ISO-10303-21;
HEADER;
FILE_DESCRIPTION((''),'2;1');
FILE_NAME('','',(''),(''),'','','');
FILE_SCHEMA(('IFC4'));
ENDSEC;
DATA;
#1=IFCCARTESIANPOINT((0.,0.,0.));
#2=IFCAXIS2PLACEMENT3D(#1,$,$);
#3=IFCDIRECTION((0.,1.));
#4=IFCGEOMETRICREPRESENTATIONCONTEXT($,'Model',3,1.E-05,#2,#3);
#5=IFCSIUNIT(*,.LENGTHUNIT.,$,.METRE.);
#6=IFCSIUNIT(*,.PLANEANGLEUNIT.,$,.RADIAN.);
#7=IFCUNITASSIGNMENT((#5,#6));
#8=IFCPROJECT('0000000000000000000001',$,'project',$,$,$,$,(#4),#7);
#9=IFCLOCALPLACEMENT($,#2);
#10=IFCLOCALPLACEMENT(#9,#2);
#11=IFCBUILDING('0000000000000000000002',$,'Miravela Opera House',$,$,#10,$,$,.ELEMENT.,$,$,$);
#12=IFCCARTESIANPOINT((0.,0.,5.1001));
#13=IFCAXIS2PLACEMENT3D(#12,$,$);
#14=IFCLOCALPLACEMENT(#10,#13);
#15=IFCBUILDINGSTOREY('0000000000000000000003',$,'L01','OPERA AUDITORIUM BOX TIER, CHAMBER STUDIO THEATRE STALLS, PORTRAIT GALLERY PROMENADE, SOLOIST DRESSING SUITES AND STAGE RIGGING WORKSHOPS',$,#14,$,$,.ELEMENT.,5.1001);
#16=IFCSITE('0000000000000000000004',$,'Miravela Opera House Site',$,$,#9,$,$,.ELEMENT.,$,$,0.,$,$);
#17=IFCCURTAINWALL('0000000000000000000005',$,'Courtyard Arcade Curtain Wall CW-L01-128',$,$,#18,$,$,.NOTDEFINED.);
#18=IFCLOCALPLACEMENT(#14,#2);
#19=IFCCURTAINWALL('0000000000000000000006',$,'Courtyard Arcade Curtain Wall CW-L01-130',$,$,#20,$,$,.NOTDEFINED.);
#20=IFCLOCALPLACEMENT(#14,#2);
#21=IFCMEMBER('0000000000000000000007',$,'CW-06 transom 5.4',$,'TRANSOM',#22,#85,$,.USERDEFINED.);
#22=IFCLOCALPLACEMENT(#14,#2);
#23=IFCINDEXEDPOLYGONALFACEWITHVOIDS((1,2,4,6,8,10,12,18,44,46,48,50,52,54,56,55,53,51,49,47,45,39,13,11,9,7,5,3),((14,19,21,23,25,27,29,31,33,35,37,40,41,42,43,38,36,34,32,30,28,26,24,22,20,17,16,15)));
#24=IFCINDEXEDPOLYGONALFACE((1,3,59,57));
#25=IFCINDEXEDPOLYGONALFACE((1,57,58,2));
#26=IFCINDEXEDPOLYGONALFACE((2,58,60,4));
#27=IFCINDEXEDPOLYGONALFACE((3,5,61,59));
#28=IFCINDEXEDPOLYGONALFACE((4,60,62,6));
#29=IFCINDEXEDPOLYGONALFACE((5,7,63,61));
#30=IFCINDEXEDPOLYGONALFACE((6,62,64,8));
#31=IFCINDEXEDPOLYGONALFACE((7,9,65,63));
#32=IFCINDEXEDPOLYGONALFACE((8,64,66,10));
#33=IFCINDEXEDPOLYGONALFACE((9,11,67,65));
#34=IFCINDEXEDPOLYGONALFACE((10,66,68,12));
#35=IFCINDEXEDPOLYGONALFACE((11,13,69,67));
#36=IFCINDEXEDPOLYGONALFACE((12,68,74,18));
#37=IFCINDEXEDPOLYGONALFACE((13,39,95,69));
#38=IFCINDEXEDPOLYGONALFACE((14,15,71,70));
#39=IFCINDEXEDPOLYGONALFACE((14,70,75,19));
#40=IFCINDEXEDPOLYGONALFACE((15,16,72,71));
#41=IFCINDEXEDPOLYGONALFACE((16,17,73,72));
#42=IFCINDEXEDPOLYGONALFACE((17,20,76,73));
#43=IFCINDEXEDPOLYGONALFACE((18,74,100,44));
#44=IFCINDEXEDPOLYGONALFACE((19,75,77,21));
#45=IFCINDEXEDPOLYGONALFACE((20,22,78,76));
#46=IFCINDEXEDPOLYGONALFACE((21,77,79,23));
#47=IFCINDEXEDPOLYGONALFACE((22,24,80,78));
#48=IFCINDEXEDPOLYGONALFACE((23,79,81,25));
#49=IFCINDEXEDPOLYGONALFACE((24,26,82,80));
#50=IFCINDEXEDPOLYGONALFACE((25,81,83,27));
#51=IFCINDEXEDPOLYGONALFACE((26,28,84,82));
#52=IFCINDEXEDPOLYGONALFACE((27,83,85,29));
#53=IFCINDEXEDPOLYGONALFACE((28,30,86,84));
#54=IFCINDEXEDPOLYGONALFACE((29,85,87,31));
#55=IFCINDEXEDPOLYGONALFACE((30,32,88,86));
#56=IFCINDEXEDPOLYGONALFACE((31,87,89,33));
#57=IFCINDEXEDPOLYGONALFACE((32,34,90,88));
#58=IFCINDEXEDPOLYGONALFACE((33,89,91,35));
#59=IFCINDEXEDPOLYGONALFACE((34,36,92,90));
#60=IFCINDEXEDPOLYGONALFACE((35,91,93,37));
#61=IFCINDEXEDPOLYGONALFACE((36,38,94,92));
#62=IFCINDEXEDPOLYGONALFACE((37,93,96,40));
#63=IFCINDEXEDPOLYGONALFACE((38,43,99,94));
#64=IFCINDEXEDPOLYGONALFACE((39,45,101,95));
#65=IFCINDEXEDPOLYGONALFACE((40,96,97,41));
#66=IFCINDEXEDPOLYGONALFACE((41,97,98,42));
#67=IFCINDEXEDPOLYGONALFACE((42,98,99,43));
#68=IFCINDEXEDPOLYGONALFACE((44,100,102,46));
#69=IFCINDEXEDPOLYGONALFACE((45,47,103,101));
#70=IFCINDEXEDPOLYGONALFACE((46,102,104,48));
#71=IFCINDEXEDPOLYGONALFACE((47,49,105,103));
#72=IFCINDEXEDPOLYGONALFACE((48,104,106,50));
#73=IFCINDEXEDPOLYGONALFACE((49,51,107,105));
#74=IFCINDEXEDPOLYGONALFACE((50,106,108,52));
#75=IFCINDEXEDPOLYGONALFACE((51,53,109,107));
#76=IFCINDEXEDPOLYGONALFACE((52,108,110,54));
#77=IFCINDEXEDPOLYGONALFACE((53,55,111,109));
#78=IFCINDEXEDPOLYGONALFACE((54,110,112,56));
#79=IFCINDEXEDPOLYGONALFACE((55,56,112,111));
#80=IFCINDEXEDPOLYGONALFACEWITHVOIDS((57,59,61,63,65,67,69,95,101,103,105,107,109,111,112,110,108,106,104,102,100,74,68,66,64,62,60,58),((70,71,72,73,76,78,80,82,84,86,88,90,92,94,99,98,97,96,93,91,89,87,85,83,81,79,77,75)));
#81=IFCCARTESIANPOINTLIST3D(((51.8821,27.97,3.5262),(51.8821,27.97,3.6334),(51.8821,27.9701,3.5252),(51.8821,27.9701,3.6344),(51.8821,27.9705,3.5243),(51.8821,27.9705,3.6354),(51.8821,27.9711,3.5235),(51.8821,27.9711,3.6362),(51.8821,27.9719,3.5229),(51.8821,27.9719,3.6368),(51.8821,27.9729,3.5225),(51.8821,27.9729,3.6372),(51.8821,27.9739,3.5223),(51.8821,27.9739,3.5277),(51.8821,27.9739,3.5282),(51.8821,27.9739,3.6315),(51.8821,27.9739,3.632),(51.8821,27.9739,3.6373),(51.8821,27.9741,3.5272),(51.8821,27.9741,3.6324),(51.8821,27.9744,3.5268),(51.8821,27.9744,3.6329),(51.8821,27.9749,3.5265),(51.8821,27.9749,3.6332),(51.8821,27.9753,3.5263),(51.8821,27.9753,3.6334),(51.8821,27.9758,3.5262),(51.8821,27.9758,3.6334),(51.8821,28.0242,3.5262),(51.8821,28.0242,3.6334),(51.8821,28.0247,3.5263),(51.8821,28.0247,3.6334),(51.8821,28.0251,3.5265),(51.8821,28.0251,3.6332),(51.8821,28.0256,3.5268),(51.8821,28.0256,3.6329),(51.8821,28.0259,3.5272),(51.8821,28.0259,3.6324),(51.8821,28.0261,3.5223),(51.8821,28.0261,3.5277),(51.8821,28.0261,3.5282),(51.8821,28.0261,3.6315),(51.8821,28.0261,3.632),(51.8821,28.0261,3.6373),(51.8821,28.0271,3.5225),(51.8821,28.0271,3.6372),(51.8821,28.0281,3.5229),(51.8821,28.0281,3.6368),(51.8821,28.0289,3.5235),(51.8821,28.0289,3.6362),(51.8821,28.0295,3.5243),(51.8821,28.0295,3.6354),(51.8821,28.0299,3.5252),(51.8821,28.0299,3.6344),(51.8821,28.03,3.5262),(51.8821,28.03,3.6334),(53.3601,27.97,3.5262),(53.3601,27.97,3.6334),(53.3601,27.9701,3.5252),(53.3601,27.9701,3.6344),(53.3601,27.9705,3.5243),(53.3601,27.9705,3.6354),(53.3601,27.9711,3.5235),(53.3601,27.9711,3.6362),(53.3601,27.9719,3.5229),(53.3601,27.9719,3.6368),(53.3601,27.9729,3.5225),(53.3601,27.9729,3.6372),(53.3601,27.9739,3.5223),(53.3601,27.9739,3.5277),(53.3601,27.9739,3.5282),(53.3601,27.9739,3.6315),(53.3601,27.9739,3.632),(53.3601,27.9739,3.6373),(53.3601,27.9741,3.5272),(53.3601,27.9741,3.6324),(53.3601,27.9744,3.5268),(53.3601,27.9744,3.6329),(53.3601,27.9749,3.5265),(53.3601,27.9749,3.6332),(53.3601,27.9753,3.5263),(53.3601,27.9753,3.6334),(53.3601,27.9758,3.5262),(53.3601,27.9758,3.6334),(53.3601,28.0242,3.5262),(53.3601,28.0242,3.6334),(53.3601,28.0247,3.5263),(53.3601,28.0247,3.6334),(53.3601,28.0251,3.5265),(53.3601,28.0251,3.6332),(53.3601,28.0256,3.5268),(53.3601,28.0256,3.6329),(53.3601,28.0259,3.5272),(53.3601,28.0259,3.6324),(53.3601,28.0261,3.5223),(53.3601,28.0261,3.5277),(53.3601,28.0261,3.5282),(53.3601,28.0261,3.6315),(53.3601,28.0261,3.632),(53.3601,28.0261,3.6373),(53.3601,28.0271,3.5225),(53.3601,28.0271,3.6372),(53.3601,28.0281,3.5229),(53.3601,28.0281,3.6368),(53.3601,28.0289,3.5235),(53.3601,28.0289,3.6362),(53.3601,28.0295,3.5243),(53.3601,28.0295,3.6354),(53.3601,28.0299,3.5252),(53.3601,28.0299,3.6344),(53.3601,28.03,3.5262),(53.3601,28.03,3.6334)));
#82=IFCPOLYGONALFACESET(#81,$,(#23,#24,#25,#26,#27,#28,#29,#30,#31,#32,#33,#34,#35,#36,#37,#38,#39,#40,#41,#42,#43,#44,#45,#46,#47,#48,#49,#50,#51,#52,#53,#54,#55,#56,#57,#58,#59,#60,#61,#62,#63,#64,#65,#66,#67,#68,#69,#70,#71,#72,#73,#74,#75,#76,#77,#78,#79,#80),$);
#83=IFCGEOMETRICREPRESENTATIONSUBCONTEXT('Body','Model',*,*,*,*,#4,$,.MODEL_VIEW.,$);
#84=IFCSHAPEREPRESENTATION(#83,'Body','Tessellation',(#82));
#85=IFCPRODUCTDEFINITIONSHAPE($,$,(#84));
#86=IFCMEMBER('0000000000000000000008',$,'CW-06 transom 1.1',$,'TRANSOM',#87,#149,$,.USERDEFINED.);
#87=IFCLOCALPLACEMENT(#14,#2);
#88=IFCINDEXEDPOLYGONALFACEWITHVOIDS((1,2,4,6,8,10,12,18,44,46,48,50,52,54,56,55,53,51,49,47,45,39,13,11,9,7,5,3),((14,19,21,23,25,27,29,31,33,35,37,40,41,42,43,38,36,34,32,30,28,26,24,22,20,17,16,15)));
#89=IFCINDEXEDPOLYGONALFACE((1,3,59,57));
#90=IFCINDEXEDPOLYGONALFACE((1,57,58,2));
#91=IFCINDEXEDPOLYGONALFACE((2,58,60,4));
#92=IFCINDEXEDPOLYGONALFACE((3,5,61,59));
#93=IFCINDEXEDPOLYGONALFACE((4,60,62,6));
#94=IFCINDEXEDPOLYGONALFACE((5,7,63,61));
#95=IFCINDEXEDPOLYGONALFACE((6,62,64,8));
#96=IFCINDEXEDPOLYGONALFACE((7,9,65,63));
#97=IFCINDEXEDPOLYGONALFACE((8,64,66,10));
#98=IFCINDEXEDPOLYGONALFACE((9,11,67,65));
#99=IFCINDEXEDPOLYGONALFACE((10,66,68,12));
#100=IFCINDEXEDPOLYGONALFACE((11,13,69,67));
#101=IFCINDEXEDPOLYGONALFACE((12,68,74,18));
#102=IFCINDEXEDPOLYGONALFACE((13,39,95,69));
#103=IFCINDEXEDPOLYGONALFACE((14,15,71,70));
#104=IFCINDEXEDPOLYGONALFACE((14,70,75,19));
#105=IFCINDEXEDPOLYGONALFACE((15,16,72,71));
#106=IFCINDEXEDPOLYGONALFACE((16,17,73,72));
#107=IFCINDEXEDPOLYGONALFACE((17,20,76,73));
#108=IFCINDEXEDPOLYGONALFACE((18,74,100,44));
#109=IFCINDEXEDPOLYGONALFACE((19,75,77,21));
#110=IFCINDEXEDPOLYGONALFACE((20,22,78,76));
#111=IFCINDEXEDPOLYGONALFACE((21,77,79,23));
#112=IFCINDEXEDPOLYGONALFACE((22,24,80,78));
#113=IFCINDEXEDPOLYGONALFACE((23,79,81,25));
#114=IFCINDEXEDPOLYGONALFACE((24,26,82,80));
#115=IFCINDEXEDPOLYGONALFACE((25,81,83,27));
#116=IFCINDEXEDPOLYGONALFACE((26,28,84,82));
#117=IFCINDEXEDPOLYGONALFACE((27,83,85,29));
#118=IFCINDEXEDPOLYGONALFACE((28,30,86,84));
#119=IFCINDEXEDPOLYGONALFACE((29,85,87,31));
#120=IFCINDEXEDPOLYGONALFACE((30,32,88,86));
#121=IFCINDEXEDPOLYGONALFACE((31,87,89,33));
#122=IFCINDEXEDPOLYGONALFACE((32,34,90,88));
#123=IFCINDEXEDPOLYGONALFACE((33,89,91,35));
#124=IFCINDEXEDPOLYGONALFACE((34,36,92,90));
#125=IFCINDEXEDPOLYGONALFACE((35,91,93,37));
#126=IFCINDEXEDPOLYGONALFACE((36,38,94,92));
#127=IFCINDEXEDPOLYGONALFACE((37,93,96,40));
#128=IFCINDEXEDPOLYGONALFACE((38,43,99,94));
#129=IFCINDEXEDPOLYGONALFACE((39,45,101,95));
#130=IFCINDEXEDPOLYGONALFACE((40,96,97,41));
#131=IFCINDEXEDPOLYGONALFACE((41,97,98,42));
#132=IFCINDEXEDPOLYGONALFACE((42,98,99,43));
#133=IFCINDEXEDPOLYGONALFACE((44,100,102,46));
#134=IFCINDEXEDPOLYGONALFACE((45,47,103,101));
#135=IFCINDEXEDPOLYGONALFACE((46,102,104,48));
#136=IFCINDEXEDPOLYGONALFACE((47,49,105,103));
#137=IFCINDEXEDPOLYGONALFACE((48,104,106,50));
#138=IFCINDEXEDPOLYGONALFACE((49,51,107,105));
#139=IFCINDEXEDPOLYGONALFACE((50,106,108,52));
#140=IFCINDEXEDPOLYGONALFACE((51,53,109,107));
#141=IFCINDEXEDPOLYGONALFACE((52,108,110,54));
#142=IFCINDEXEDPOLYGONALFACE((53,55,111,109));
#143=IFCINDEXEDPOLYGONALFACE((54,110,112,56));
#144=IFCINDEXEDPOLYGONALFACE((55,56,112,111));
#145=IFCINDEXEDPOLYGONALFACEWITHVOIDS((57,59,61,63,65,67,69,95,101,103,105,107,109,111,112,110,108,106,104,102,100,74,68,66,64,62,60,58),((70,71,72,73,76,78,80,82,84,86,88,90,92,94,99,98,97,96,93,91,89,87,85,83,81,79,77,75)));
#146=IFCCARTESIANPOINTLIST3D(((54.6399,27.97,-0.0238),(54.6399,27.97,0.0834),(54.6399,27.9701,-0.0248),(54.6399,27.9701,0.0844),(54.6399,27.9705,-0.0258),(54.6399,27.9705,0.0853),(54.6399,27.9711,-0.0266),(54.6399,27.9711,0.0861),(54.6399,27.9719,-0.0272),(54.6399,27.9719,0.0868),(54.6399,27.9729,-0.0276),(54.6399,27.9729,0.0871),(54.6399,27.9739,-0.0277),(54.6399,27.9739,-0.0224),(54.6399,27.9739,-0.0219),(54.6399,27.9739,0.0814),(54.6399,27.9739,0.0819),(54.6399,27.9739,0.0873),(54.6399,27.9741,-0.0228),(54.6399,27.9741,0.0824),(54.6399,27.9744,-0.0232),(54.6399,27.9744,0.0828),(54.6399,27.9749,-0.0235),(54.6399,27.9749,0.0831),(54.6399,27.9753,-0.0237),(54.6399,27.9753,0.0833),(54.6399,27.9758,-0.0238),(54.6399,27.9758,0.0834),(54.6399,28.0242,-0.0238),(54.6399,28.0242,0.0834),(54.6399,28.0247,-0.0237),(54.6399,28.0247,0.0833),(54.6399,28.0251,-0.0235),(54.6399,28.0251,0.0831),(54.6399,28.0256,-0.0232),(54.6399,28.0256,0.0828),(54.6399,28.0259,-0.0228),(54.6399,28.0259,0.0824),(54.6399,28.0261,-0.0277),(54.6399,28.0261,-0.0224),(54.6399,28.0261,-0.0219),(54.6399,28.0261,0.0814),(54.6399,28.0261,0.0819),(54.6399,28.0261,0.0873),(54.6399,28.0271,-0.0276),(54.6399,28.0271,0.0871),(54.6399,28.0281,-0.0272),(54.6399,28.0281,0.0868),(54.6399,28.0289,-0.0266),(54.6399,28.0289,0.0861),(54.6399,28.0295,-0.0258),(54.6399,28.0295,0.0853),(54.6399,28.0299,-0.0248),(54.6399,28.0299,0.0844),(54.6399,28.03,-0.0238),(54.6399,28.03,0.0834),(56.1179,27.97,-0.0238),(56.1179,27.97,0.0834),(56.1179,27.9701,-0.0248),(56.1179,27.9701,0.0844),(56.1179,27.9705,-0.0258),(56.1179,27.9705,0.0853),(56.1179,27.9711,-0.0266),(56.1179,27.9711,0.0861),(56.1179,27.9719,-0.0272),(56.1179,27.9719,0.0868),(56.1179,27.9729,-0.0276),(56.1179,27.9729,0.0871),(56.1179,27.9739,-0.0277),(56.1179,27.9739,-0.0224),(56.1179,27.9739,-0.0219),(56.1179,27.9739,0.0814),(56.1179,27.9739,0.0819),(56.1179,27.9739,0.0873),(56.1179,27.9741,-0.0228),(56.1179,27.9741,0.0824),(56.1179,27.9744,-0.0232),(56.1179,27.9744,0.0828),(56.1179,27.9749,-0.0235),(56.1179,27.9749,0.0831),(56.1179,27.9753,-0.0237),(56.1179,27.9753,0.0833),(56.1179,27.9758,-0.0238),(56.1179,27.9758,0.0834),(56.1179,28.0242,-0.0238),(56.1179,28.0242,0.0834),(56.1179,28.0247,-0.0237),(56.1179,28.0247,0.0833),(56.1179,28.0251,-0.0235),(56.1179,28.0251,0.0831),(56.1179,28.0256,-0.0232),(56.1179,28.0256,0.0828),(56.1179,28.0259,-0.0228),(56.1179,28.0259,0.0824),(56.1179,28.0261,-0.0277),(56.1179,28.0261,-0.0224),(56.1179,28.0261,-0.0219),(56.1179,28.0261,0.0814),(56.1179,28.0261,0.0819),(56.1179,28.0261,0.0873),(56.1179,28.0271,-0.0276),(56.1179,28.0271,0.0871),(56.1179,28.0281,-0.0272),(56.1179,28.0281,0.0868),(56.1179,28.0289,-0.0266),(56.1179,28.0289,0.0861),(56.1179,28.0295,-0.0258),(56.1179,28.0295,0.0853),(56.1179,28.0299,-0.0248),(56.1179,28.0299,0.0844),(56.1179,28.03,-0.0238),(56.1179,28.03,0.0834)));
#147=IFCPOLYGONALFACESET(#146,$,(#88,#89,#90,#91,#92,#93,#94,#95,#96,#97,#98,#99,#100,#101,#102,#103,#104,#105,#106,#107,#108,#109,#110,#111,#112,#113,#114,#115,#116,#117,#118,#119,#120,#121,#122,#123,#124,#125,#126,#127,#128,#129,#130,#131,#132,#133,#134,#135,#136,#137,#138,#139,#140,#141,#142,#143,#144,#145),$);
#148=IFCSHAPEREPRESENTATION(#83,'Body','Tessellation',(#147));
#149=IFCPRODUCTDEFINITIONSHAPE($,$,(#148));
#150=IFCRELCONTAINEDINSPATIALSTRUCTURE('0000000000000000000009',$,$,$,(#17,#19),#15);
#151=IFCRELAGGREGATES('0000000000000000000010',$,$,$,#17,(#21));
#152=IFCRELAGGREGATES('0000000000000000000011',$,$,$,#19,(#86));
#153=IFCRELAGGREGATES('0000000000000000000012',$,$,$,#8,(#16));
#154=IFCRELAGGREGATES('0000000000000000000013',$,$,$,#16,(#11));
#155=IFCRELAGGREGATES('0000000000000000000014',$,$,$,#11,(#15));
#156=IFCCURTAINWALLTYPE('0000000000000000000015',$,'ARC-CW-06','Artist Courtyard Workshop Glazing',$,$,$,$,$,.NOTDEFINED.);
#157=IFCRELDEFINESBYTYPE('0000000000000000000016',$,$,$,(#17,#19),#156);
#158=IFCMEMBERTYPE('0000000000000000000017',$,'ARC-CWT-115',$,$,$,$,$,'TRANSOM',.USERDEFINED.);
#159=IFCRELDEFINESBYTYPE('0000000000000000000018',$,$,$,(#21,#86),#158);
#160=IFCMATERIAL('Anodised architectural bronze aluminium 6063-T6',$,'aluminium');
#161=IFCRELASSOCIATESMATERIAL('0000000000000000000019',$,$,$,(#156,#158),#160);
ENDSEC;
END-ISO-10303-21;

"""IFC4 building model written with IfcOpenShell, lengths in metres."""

from ifc_helpers import new_model, si_unit, direction, frame, origin, origin_2d, place, context, subcontext, project, spatial, hollow_rectangle, extrude, material, material_profile, profile_set, type_object, element, aggregate, save


model = new_model("IFC4")

# Units and contexts
model_context = context("Model", 3, precision=1e-05, world=origin(), true_north=direction((0.0, 1.0)))
body_context = subcontext(model_context, "Body", "Model", "MODEL_VIEW")
ifc_project = project(units=[si_unit("LENGTHUNIT", "METRE"), si_unit("PLANEANGLEUNIT", "RADIAN")], contexts=[model_context])

# Site, building, storey
site_placement = place(None, origin())
site = spatial("IfcSite", under=ifc_project, at=site_placement, Name="Miravela Opera House Site", CompositionType="ELEMENT", RefElevation=0.0)
building_placement = place(site_placement, origin())
building = spatial("IfcBuilding", under=site, at=building_placement, Name="Miravela Opera House", CompositionType="ELEMENT")
storey_placement = place(building_placement, frame((0.0, 0.0, 5.1001)))
storey = spatial("IfcBuildingStorey", under=building, at=storey_placement, Name="L01", Description="OPERA AUDITORIUM BOX TIER, CHAMBER STUDIO THEATRE STALLS, PORTRAIT GALLERY PROMENADE, SOLOIST DRESSING SUITES AND STAGE RIGGING WORKSHOPS", CompositionType="ELEMENT", Elevation=5.1001)

# Curtain wall
ifc_material_1 = material(Name="Anodised architectural bronze aluminium 6063-T6", Category="aluminium")
curtain_wall_type = type_object("IfcCurtainWallType", Name="ARC-CW-06", Description="Artist Courtyard Workshop Glazing", PredefinedType="NOTDEFINED", material=ifc_material_1)
curtain_wall_1_placement = place(storey_placement, origin())
curtain_wall_1 = element("IfcCurtainWall", 1, at=curtain_wall_1_placement, inside=storey, type_object=curtain_wall_type, Name="Courtyard Arcade Curtain Wall CW-L01-128", PredefinedType="NOTDEFINED")

# Curtain wall
curtain_wall_2_placement = place(storey_placement, origin())
curtain_wall_2 = element("IfcCurtainWall", 2, at=curtain_wall_2_placement, inside=storey, type_object=curtain_wall_type, Name="Courtyard Arcade Curtain Wall CW-L01-130", PredefinedType="NOTDEFINED")

# Members
ifc_material_profile_1 = material_profile(ifc_material_1, hollow_rectangle(XDim=0.0601, YDim=0.115, WallThickness=0.0039, InnerFilletRadius=0.002, OuterFilletRadius=0.0039, at=origin_2d()), Name="CWT-60X115")
ifc_profile_set_1 = profile_set([ifc_material_profile_1])
member_type_1 = type_object("IfcMemberType", Name="ARC-CWT-115", ElementType="TRANSOM", PredefinedType="USERDEFINED", material=ifc_profile_set_1)
member_1_placement = place(storey_placement, frame((51.8821, 28.0, 3.5798), z_axis=(1.0, 0.0, 0.0), x_axis=(0.0, 1.0, 0.0)))
member_1 = element("IfcMember", 3, at=member_1_placement, type_object=member_type_1, Name="CW-06 transom 5.4", ObjectType="TRANSOM", PredefinedType="USERDEFINED", context=body_context, shape_type="SweptSolid", body=[
    extrude(hollow_rectangle(XDim=0.0601, YDim=0.115, WallThickness=0.0039, InnerFilletRadius=0.002, OuterFilletRadius=0.0039, at=origin_2d()), origin(), (0.0, 0.0, 1.0), 1.478),
])
member_2_placement = place(storey_placement, frame((54.6399, 28.0, 0.0298), z_axis=(1.0, 0.0, 0.0), x_axis=(0.0, 1.0, 0.0)))
member_2 = element("IfcMember", 4, at=member_2_placement, type_object=member_type_1, Name="CW-06 transom 1.1", ObjectType="TRANSOM", PredefinedType="USERDEFINED", context=body_context, shape_type="SweptSolid", body=[
    extrude(hollow_rectangle(XDim=0.0601, YDim=0.115, WallThickness=0.0039, InnerFilletRadius=0.002, OuterFilletRadius=0.0039, at=origin_2d()), origin(), (0.0, 0.0, 1.0), 1.478),
])

aggregate(curtain_wall_1, [member_1])
aggregate(curtain_wall_2, [member_2])

save(model, "model.ifc")
